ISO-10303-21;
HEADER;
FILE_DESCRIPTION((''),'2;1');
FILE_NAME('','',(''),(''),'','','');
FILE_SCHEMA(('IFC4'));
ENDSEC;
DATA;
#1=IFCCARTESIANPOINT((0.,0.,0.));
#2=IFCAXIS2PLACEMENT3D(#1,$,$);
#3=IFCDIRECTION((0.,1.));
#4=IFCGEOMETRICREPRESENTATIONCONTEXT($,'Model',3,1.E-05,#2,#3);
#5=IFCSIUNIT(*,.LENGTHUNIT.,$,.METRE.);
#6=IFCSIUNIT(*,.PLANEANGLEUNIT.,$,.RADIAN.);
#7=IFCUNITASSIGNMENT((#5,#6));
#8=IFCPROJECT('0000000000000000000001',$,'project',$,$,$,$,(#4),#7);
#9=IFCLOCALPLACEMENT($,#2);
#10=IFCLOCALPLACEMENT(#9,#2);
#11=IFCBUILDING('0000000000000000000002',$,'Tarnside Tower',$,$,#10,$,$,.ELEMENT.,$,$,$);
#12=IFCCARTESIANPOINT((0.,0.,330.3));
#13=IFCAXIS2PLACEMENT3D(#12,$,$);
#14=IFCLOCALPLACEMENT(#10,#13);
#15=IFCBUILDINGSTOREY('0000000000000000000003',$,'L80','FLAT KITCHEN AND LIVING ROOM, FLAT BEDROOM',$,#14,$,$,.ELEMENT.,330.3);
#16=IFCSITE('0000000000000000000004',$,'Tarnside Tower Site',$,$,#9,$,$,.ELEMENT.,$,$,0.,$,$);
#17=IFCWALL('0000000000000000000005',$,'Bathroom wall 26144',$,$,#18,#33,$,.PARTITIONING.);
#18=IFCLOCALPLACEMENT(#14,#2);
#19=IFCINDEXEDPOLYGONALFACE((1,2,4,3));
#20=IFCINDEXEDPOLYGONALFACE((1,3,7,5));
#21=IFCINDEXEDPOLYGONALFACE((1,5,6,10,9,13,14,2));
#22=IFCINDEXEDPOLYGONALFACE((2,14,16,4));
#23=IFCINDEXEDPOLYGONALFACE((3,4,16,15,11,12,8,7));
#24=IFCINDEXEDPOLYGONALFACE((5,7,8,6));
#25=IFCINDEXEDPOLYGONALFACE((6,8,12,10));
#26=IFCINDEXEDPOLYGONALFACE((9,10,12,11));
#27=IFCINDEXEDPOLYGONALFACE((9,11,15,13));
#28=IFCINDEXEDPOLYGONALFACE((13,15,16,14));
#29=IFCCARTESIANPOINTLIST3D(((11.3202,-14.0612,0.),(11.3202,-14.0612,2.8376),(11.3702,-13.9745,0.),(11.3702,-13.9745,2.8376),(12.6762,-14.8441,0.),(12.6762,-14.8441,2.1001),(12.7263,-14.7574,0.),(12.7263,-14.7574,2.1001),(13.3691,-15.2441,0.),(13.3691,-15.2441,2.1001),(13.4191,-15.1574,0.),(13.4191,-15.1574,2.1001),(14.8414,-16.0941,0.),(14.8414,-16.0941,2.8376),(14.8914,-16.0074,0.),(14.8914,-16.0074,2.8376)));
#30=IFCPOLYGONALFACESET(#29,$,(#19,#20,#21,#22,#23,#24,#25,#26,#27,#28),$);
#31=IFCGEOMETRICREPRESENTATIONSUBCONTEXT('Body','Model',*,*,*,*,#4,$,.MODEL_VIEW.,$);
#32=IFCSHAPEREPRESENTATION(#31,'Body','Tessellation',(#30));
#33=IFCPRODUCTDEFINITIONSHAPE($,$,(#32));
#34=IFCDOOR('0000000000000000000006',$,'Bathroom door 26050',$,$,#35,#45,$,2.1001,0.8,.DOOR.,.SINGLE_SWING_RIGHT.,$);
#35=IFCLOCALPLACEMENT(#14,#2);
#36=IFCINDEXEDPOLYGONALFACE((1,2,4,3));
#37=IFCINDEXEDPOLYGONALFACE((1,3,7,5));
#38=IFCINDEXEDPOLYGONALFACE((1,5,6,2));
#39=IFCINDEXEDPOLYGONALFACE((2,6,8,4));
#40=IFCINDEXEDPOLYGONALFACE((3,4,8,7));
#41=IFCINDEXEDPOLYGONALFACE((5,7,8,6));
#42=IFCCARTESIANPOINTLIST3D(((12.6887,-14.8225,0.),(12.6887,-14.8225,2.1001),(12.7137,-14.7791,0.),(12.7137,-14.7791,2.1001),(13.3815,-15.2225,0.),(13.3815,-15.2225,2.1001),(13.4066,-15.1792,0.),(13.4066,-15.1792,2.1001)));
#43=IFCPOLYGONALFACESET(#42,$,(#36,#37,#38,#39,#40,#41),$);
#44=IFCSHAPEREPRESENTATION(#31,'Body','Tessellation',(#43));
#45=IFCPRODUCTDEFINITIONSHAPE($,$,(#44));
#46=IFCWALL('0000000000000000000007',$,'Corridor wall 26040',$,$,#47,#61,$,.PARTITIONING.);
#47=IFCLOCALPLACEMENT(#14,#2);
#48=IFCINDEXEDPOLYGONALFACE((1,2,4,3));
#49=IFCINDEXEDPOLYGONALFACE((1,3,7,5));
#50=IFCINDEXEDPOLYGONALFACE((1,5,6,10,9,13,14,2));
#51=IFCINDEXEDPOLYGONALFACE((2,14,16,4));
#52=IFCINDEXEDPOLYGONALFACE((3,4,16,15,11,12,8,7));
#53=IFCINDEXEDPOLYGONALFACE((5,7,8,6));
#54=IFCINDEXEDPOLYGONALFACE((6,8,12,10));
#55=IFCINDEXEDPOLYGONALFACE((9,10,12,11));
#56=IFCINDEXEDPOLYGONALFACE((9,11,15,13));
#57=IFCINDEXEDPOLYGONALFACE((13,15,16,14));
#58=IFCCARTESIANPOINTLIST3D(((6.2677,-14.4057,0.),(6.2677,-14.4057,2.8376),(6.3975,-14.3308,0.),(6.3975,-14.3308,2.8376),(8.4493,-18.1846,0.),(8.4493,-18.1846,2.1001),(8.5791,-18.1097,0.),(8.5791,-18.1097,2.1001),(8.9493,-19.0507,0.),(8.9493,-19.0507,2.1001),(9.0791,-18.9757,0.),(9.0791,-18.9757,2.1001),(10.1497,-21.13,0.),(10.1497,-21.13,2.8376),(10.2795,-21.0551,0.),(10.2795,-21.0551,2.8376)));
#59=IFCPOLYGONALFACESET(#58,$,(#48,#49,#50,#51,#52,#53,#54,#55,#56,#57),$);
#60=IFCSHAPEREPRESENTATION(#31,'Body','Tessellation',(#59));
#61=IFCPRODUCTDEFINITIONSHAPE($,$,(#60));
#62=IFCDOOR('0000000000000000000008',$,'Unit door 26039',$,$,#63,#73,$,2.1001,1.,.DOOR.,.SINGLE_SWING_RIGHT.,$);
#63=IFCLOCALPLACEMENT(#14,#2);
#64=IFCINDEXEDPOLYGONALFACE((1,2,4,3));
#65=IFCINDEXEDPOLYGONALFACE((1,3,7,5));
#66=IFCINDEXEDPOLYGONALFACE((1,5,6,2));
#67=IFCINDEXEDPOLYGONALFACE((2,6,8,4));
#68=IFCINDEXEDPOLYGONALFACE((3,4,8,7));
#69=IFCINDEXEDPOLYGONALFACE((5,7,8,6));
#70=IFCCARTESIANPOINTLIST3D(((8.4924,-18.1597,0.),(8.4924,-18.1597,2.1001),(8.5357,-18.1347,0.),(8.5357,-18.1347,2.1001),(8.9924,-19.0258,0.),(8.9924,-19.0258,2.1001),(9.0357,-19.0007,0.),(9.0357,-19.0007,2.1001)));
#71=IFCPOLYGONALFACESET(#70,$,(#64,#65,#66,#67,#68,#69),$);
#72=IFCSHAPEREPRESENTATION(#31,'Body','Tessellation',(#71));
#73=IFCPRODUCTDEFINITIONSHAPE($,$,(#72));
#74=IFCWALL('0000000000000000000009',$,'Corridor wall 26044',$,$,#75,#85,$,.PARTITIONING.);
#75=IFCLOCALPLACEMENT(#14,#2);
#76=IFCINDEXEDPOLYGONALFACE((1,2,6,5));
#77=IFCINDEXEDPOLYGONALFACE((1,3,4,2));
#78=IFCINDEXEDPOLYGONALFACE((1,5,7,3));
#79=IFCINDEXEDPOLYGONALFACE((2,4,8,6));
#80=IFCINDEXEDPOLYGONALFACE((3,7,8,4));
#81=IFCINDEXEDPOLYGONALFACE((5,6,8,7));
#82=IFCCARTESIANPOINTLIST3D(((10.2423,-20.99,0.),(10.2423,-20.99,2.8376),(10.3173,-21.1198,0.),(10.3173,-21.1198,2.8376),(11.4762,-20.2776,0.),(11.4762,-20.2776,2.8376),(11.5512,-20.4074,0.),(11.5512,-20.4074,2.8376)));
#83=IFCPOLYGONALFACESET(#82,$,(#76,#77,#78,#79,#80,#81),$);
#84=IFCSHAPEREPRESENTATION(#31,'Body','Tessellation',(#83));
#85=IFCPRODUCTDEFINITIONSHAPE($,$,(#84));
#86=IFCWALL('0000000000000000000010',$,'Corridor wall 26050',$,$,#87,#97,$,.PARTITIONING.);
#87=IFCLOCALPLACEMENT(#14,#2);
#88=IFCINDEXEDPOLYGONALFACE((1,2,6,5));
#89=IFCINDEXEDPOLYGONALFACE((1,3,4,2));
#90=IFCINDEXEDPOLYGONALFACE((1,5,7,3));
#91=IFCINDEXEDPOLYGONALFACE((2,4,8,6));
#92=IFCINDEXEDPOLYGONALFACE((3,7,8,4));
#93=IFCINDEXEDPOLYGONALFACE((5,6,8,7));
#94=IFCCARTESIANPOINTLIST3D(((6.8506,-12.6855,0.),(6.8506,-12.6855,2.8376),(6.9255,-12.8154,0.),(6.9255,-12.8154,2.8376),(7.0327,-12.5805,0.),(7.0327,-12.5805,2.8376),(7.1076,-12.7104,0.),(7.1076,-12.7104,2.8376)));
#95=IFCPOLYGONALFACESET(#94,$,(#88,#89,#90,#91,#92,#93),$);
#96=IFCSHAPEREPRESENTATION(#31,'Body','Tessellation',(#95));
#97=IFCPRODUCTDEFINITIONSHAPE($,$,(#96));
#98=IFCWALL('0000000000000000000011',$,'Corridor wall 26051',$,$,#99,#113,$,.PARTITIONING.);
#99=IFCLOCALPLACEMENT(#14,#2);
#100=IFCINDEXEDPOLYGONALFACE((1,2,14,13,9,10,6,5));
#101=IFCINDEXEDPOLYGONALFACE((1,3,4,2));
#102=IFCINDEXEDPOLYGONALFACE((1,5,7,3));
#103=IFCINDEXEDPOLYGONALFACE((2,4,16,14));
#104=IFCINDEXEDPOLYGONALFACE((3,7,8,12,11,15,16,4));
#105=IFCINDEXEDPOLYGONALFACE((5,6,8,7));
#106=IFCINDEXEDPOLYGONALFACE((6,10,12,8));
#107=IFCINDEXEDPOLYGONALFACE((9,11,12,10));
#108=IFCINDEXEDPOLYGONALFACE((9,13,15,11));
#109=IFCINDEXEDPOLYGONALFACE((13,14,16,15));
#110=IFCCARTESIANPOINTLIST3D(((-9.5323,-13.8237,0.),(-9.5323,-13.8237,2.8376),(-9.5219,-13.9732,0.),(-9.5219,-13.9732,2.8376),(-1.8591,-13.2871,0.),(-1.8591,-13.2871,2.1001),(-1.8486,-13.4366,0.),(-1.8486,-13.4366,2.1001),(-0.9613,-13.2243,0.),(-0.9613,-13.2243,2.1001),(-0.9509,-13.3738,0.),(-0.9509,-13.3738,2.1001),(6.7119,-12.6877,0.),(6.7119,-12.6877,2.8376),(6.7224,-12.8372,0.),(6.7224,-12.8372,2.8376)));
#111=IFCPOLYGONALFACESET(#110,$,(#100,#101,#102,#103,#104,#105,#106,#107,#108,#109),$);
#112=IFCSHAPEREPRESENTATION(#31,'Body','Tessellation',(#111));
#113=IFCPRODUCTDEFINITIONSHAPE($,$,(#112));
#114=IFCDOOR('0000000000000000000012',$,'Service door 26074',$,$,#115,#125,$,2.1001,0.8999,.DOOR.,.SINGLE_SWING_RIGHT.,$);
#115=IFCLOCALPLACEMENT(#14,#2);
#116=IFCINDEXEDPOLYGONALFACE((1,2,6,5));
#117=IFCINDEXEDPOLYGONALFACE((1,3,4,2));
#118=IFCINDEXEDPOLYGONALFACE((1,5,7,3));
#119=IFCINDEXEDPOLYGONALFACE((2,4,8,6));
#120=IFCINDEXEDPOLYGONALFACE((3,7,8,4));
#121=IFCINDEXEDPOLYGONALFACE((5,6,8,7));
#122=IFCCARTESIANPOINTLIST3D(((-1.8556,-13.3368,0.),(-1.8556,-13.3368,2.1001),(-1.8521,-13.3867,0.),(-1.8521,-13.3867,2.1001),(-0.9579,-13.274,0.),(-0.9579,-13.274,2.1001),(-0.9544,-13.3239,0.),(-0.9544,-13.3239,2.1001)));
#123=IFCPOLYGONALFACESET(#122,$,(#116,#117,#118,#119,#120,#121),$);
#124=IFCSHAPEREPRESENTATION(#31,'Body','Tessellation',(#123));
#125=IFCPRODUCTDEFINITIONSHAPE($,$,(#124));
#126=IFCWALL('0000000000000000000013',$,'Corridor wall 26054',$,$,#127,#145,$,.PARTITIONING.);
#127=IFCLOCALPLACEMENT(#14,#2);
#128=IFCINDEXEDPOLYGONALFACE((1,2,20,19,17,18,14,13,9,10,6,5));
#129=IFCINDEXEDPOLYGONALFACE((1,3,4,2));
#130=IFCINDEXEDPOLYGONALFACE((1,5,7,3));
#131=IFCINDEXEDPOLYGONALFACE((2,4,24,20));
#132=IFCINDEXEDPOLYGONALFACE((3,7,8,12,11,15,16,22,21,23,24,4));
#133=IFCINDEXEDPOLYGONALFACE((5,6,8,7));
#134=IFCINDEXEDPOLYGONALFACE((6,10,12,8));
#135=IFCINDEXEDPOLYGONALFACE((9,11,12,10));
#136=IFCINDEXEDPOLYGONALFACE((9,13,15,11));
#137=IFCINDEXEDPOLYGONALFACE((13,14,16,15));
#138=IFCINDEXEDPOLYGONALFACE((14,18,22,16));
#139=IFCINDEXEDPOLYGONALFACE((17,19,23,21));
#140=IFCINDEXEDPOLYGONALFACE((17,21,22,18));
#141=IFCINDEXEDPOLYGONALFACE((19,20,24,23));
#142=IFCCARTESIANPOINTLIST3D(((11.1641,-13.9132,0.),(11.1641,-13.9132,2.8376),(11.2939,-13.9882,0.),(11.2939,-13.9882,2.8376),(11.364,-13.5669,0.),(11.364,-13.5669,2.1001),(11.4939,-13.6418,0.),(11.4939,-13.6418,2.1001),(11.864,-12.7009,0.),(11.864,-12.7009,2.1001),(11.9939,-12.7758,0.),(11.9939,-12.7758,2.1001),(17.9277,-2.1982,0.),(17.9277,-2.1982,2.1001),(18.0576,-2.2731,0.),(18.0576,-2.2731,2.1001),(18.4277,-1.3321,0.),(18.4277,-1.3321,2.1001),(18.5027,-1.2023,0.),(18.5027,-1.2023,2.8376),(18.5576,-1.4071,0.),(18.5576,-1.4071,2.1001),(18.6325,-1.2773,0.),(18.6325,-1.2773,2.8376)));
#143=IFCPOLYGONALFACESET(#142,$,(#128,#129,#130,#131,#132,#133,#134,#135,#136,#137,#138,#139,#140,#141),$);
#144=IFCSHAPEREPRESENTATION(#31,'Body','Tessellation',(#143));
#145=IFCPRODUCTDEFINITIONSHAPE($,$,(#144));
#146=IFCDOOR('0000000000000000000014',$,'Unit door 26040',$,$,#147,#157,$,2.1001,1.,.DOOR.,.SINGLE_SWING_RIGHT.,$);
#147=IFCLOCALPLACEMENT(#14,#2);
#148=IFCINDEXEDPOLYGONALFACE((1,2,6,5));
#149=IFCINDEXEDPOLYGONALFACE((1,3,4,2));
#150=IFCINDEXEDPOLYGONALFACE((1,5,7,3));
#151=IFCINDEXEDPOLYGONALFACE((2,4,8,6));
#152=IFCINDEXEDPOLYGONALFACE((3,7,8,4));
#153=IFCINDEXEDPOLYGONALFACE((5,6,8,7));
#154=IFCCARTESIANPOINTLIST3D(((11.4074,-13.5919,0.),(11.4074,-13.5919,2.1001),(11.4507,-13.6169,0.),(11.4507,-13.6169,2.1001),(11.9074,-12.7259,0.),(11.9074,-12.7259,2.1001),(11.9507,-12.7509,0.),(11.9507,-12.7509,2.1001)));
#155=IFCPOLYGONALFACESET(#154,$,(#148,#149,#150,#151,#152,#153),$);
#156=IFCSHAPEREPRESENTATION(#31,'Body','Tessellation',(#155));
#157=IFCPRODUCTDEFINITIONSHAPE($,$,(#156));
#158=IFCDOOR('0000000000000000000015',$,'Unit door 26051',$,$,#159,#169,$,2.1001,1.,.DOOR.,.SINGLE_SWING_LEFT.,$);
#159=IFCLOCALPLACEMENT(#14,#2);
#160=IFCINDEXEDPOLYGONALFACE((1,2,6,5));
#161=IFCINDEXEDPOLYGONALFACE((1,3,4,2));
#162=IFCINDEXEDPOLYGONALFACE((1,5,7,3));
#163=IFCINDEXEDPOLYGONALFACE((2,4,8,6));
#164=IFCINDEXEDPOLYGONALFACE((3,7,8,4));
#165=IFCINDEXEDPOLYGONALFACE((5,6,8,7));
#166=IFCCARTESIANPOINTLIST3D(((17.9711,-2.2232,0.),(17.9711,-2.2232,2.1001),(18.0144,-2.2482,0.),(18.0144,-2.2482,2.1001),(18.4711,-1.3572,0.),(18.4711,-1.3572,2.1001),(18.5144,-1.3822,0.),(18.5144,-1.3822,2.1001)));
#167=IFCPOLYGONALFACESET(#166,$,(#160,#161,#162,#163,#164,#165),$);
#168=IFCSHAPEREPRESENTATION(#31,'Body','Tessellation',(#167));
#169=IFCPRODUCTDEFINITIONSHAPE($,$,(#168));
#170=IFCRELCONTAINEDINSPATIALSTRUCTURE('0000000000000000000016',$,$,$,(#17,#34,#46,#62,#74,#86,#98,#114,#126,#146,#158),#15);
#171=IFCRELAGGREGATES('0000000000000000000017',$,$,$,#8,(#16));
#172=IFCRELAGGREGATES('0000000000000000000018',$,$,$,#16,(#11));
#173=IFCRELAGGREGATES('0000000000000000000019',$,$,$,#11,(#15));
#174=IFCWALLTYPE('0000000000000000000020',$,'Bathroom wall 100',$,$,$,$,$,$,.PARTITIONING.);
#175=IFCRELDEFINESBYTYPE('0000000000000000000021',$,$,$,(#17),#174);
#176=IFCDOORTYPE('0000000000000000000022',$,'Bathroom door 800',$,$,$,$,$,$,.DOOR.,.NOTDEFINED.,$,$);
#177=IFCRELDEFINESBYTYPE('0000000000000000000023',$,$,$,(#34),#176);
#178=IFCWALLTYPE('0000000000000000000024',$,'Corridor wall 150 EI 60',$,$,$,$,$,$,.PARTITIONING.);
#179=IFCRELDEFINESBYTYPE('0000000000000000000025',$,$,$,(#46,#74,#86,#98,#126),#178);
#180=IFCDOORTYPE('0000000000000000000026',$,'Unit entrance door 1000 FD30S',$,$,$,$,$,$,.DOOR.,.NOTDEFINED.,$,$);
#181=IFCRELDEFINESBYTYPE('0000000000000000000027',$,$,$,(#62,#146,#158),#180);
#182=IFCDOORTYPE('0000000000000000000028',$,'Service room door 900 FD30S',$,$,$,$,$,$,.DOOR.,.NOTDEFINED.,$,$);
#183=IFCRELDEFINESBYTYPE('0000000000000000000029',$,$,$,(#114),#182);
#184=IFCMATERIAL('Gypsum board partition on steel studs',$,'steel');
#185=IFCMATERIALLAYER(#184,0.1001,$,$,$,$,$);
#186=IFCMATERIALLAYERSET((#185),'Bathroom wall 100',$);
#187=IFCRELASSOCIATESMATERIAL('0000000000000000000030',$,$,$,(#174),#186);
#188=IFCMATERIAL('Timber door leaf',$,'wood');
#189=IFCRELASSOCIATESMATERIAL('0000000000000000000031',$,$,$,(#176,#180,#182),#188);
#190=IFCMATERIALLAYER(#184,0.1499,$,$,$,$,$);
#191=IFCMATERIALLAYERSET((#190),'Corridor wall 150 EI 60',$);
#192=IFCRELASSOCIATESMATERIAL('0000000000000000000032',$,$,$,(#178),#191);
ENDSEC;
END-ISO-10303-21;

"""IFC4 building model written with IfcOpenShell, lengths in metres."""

from ifc_helpers import new_model, si_unit, direction, frame, frame_2d, origin, place, context, subcontext, project, spatial, rectangle, extrude, material, layer, layer_set, type_object, element, fill, save


model = new_model("IFC4")

# Units and contexts
model_context = context("Model", 3, precision=1e-05, world=origin(), true_north=direction((0.0, 1.0)))
body_context = subcontext(model_context, "Body", "Model", "MODEL_VIEW")
ifc_project = project(units=[si_unit("LENGTHUNIT", "METRE"), si_unit("PLANEANGLEUNIT", "RADIAN")], contexts=[model_context])

# Site, building, storey
site_placement = place(None, origin())
site = spatial("IfcSite", under=ifc_project, at=site_placement, Name="Tarnside Tower Site", CompositionType="ELEMENT", RefElevation=0.0)
building_placement = place(site_placement, origin())
building = spatial("IfcBuilding", under=site, at=building_placement, Name="Tarnside Tower", CompositionType="ELEMENT")
storey_placement = place(building_placement, frame((0.0, 0.0, 330.3)))
storey = spatial("IfcBuildingStorey", under=building, at=storey_placement, Name="L80", Description="FLAT KITCHEN AND LIVING ROOM, FLAT BEDROOM", CompositionType="ELEMENT", Elevation=330.3)

# Walls, openings, doors
ifc_material_1 = material(Name="Gypsum board partition on steel studs", Category="steel")
ifc_layer_1 = layer(ifc_material_1, 0.1001)
ifc_layer_set_1 = layer_set([ifc_layer_1], Name="Bathroom wall 100")
wall_type_1 = type_object("IfcWallType", Name="Bathroom wall 100", PredefinedType="PARTITIONING", material=ifc_layer_set_1)
wall_1_placement = place(storey_placement, frame((11.3452, -14.0178, 0.0), z_axis=(0.0, 0.0, 1.0), x_axis=(0.866029, -0.499994, 0.0)))
wall_1 = element("IfcWall", 1, at=wall_1_placement, inside=storey, type_object=wall_type_1, Name="Bathroom wall 26144", PredefinedType="PARTITIONING", context=body_context, shape_type="SweptSolid", body=[
    extrude(rectangle(XDim=4.0659, YDim=0.1001, at=frame_2d((2.033, 0.0))), origin(), (0.0, 0.0, 1.0), 2.8376),
])
opening_1_placement = place(wall_1_placement, frame((1.5659, 0.0, 0.0)))
opening_1 = element("IfcOpeningElement", 2, at=opening_1_placement, cuts=wall_1, PredefinedType="OPENING", context=body_context, shape_type="SweptSolid", body=[
    extrude(rectangle(XDim=0.8, YDim=2.1001, at=frame_2d((0.3999, 1.05))), frame((0.0, 0.0601, 0.0), z_axis=(0.0, -1.0, 0.0), x_axis=(1.0, 0.0, 0.0)), (0.0, 0.0, 1.0), 0.1201),
])
ifc_material_2 = material(Name="Timber door leaf", Category="wood")
door_type_1 = type_object("IfcDoorType", Name="Bathroom door 800", OperationType="NOTDEFINED", PredefinedType="DOOR", material=ifc_material_2)
door_1_placement = place(opening_1_placement, origin())
door_1 = element("IfcDoor", 3, at=door_1_placement, inside=storey, type_object=door_type_1, Name="Bathroom door 26050", OperationType="SINGLE_SWING_RIGHT", OverallHeight=2.1001, OverallWidth=0.8, PredefinedType="DOOR", context=body_context, shape_type="SweptSolid", body=[
    extrude(rectangle(XDim=0.8, YDim=2.1001, at=frame_2d((0.3999, 1.05))), frame((0.0, 0.0249, 0.0), z_axis=(0.0, -1.0, 0.0), x_axis=(1.0, 0.0, 0.0)), (0.0, 0.0, 1.0), 0.05),
])
fill(opening_1, door_1)
ifc_layer_2 = layer(ifc_material_1, 0.1499)
ifc_layer_set_2 = layer_set([ifc_layer_2], Name="Corridor wall 150 EI 60")
wall_type_2 = type_object("IfcWallType", Name="Corridor wall 150 EI 60", PredefinedType="PARTITIONING", material=ifc_layer_set_2)
wall_2_placement = place(storey_placement, frame((6.3325, -14.3682, 0.0), z_axis=(0.0, 0.0, 1.0), x_axis=(0.499977, -0.866038, 0.0)))
wall_2 = element("IfcWall", 4, at=wall_2_placement, inside=storey, type_object=wall_type_2, Name="Corridor wall 26040", PredefinedType="PARTITIONING", context=body_context, shape_type="SweptSolid", body=[
    extrude(rectangle(XDim=7.7644, YDim=0.1499, at=frame_2d((3.8823, 0.0))), origin(), (0.0, 0.0, 1.0), 2.8376),
])
opening_2_placement = place(wall_2_placement, frame((4.3635, 0.0, 0.0)))
opening_2 = element("IfcOpeningElement", 5, at=opening_2_placement, cuts=wall_2, PredefinedType="OPENING", context=body_context, shape_type="SweptSolid", body=[
    extrude(rectangle(XDim=1.0, YDim=2.1001, at=frame_2d((0.5, 1.05))), frame((0.0, 0.085, 0.0), z_axis=(0.0, -1.0, 0.0), x_axis=(1.0, 0.0, 0.0)), (0.0, 0.0, 1.0), 0.1699),
])
door_type_2 = type_object("IfcDoorType", Name="Unit entrance door 1000 FD30S", OperationType="NOTDEFINED", PredefinedType="DOOR", material=ifc_material_2)
door_2_placement = place(opening_2_placement, origin())
door_2 = element("IfcDoor", 6, at=door_2_placement, inside=storey, type_object=door_type_2, Name="Unit door 26039", OperationType="SINGLE_SWING_RIGHT", OverallHeight=2.1001, OverallWidth=1.0, PredefinedType="DOOR", context=body_context, shape_type="SweptSolid", body=[
    extrude(rectangle(XDim=1.0, YDim=2.1001, at=frame_2d((0.5, 1.05))), frame((0.0, 0.0249, 0.0), z_axis=(0.0, -1.0, 0.0), x_axis=(1.0, 0.0, 0.0)), (0.0, 0.0, 1.0), 0.05),
])
fill(opening_2, door_2)

# Walls
wall_3_placement = place(storey_placement, frame((10.2798, -21.0549, 0.0), z_axis=(0.0, 0.0, 1.0), x_axis=(0.86602, 0.500009, 0.0)))
element("IfcWall", 7, at=wall_3_placement, inside=storey, type_object=wall_type_2, Name="Corridor wall 26044", PredefinedType="PARTITIONING", context=body_context, shape_type="SweptSolid", body=[
    extrude(rectangle(XDim=1.4248, YDim=0.1499, at=frame_2d((0.7124, 0.0))), origin(), (0.0, 0.0, 1.0), 2.8376),
])
wall_4_placement = place(storey_placement, frame((7.0701, -12.6455, 0.0), z_axis=(0.0, 0.0, 1.0), x_axis=(-0.866379, -0.499387, 0.0)))
element("IfcWall", 8, at=wall_4_placement, inside=storey, type_object=wall_type_2, Name="Corridor wall 26050", PredefinedType="PARTITIONING", context=body_context, shape_type="SweptSolid", body=[
    extrude(rectangle(XDim=0.2102, YDim=0.1499, at=frame_2d((0.105, 0.0))), origin(), (0.0, 0.0, 1.0), 2.8376),
])

# Wall, opening, door
wall_5_placement = place(storey_placement, frame((6.7173, -12.7625, 0.0), z_axis=(0.0, 0.0, 1.0), x_axis=(-0.997564, -0.069761, 0.0)))
wall_5 = element("IfcWall", 9, at=wall_5_placement, inside=storey, type_object=wall_type_2, Name="Corridor wall 26051", PredefinedType="PARTITIONING", context=body_context, shape_type="SweptSolid", body=[
    extrude(rectangle(XDim=16.2839, YDim=0.1499, at=frame_2d((8.1421, 0.0))), origin(), (0.0, 0.0, 1.0), 2.8376),
])
opening_3_placement = place(wall_5_placement, frame((7.6921, 0.0, 0.0)))
opening_3 = element("IfcOpeningElement", 10, at=opening_3_placement, cuts=wall_5, PredefinedType="OPENING", context=body_context, shape_type="SweptSolid", body=[
    extrude(rectangle(XDim=0.8999, YDim=2.1001, at=frame_2d((0.45, 1.05))), frame((0.0, 0.085, 0.0), z_axis=(0.0, -1.0, 0.0), x_axis=(1.0, 0.0, 0.0)), (0.0, 0.0, 1.0), 0.1699),
])
door_type_3 = type_object("IfcDoorType", Name="Service room door 900 FD30S", OperationType="NOTDEFINED", PredefinedType="DOOR", material=ifc_material_2)
door_3_placement = place(opening_3_placement, origin())
door_3 = element("IfcDoor", 11, at=door_3_placement, inside=storey, type_object=door_type_3, Name="Service door 26074", OperationType="SINGLE_SWING_RIGHT", OverallHeight=2.1001, OverallWidth=0.8999, PredefinedType="DOOR", context=body_context, shape_type="SweptSolid", body=[
    extrude(rectangle(XDim=0.8999, YDim=2.1001, at=frame_2d((0.45, 1.05))), frame((0.0, 0.0249, 0.0), z_axis=(0.0, -1.0, 0.0), x_axis=(1.0, 0.0, 0.0)), (0.0, 0.0, 1.0), 0.05),
])
fill(opening_3, door_3)

# Wall, openings, doors
wall_6_placement = place(storey_placement, frame((11.229, -13.9507, 0.0), z_axis=(0.0, 0.0, 1.0), x_axis=(0.499998, 0.866027, 0.0)))
wall_6 = element("IfcWall", 12, at=wall_6_placement, inside=storey, type_object=wall_type_2, Name="Corridor wall 26054", PredefinedType="PARTITIONING", context=body_context, shape_type="SweptSolid", body=[
    extrude(rectangle(XDim=14.6772, YDim=0.1499, at=frame_2d((7.3386, 0.0))), origin(), (0.0, 0.0, 1.0), 2.8376),
])
opening_4_placement = place(wall_6_placement, frame((0.3999, 0.0, 0.0)))
opening_4 = element("IfcOpeningElement", 13, at=opening_4_placement, cuts=wall_6, PredefinedType="OPENING", context=body_context, shape_type="SweptSolid", body=[
    extrude(rectangle(XDim=1.0, YDim=2.1001, at=frame_2d((0.5, 1.05))), frame((0.0, 0.085, 0.0), z_axis=(0.0, -1.0, 0.0), x_axis=(1.0, 0.0, 0.0)), (0.0, 0.0, 1.0), 0.1699),
])
opening_5_placement = place(wall_6_placement, frame((13.5273, 0.0, 0.0)))
opening_5 = element("IfcOpeningElement", 14, at=opening_5_placement, cuts=wall_6, PredefinedType="OPENING", context=body_context, shape_type="SweptSolid", body=[
    extrude(rectangle(XDim=1.0, YDim=2.1001, at=frame_2d((0.5, 1.05))), frame((0.0, 0.085, 0.0), z_axis=(0.0, -1.0, 0.0), x_axis=(1.0, 0.0, 0.0)), (0.0, 0.0, 1.0), 0.1699),
])
door_4_placement = place(opening_4_placement, origin())
door_4 = element("IfcDoor", 15, at=door_4_placement, inside=storey, type_object=door_type_2, Name="Unit door 26040", OperationType="SINGLE_SWING_RIGHT", OverallHeight=2.1001, OverallWidth=1.0, PredefinedType="DOOR", context=body_context, shape_type="SweptSolid", body=[
    extrude(rectangle(XDim=1.0, YDim=2.1001, at=frame_2d((0.5, 1.05))), frame((0.0, 0.0249, 0.0), z_axis=(0.0, -1.0, 0.0), x_axis=(1.0, 0.0, 0.0)), (0.0, 0.0, 1.0), 0.05),
])
fill(opening_4, door_4)
door_5_placement = place(opening_5_placement, origin())
door_5 = element("IfcDoor", 16, at=door_5_placement, inside=storey, type_object=door_type_2, Name="Unit door 26051", OperationType="SINGLE_SWING_LEFT", OverallHeight=2.1001, OverallWidth=1.0, PredefinedType="DOOR", context=body_context, shape_type="SweptSolid", body=[
    extrude(rectangle(XDim=1.0, YDim=2.1001, at=frame_2d((0.5, 1.05))), frame((0.0, 0.0249, 0.0), z_axis=(0.0, -1.0, 0.0), x_axis=(1.0, 0.0, 0.0)), (0.0, 0.0, 1.0), 0.05),
])
fill(opening_5, door_5)

save(model, "model.ifc")
